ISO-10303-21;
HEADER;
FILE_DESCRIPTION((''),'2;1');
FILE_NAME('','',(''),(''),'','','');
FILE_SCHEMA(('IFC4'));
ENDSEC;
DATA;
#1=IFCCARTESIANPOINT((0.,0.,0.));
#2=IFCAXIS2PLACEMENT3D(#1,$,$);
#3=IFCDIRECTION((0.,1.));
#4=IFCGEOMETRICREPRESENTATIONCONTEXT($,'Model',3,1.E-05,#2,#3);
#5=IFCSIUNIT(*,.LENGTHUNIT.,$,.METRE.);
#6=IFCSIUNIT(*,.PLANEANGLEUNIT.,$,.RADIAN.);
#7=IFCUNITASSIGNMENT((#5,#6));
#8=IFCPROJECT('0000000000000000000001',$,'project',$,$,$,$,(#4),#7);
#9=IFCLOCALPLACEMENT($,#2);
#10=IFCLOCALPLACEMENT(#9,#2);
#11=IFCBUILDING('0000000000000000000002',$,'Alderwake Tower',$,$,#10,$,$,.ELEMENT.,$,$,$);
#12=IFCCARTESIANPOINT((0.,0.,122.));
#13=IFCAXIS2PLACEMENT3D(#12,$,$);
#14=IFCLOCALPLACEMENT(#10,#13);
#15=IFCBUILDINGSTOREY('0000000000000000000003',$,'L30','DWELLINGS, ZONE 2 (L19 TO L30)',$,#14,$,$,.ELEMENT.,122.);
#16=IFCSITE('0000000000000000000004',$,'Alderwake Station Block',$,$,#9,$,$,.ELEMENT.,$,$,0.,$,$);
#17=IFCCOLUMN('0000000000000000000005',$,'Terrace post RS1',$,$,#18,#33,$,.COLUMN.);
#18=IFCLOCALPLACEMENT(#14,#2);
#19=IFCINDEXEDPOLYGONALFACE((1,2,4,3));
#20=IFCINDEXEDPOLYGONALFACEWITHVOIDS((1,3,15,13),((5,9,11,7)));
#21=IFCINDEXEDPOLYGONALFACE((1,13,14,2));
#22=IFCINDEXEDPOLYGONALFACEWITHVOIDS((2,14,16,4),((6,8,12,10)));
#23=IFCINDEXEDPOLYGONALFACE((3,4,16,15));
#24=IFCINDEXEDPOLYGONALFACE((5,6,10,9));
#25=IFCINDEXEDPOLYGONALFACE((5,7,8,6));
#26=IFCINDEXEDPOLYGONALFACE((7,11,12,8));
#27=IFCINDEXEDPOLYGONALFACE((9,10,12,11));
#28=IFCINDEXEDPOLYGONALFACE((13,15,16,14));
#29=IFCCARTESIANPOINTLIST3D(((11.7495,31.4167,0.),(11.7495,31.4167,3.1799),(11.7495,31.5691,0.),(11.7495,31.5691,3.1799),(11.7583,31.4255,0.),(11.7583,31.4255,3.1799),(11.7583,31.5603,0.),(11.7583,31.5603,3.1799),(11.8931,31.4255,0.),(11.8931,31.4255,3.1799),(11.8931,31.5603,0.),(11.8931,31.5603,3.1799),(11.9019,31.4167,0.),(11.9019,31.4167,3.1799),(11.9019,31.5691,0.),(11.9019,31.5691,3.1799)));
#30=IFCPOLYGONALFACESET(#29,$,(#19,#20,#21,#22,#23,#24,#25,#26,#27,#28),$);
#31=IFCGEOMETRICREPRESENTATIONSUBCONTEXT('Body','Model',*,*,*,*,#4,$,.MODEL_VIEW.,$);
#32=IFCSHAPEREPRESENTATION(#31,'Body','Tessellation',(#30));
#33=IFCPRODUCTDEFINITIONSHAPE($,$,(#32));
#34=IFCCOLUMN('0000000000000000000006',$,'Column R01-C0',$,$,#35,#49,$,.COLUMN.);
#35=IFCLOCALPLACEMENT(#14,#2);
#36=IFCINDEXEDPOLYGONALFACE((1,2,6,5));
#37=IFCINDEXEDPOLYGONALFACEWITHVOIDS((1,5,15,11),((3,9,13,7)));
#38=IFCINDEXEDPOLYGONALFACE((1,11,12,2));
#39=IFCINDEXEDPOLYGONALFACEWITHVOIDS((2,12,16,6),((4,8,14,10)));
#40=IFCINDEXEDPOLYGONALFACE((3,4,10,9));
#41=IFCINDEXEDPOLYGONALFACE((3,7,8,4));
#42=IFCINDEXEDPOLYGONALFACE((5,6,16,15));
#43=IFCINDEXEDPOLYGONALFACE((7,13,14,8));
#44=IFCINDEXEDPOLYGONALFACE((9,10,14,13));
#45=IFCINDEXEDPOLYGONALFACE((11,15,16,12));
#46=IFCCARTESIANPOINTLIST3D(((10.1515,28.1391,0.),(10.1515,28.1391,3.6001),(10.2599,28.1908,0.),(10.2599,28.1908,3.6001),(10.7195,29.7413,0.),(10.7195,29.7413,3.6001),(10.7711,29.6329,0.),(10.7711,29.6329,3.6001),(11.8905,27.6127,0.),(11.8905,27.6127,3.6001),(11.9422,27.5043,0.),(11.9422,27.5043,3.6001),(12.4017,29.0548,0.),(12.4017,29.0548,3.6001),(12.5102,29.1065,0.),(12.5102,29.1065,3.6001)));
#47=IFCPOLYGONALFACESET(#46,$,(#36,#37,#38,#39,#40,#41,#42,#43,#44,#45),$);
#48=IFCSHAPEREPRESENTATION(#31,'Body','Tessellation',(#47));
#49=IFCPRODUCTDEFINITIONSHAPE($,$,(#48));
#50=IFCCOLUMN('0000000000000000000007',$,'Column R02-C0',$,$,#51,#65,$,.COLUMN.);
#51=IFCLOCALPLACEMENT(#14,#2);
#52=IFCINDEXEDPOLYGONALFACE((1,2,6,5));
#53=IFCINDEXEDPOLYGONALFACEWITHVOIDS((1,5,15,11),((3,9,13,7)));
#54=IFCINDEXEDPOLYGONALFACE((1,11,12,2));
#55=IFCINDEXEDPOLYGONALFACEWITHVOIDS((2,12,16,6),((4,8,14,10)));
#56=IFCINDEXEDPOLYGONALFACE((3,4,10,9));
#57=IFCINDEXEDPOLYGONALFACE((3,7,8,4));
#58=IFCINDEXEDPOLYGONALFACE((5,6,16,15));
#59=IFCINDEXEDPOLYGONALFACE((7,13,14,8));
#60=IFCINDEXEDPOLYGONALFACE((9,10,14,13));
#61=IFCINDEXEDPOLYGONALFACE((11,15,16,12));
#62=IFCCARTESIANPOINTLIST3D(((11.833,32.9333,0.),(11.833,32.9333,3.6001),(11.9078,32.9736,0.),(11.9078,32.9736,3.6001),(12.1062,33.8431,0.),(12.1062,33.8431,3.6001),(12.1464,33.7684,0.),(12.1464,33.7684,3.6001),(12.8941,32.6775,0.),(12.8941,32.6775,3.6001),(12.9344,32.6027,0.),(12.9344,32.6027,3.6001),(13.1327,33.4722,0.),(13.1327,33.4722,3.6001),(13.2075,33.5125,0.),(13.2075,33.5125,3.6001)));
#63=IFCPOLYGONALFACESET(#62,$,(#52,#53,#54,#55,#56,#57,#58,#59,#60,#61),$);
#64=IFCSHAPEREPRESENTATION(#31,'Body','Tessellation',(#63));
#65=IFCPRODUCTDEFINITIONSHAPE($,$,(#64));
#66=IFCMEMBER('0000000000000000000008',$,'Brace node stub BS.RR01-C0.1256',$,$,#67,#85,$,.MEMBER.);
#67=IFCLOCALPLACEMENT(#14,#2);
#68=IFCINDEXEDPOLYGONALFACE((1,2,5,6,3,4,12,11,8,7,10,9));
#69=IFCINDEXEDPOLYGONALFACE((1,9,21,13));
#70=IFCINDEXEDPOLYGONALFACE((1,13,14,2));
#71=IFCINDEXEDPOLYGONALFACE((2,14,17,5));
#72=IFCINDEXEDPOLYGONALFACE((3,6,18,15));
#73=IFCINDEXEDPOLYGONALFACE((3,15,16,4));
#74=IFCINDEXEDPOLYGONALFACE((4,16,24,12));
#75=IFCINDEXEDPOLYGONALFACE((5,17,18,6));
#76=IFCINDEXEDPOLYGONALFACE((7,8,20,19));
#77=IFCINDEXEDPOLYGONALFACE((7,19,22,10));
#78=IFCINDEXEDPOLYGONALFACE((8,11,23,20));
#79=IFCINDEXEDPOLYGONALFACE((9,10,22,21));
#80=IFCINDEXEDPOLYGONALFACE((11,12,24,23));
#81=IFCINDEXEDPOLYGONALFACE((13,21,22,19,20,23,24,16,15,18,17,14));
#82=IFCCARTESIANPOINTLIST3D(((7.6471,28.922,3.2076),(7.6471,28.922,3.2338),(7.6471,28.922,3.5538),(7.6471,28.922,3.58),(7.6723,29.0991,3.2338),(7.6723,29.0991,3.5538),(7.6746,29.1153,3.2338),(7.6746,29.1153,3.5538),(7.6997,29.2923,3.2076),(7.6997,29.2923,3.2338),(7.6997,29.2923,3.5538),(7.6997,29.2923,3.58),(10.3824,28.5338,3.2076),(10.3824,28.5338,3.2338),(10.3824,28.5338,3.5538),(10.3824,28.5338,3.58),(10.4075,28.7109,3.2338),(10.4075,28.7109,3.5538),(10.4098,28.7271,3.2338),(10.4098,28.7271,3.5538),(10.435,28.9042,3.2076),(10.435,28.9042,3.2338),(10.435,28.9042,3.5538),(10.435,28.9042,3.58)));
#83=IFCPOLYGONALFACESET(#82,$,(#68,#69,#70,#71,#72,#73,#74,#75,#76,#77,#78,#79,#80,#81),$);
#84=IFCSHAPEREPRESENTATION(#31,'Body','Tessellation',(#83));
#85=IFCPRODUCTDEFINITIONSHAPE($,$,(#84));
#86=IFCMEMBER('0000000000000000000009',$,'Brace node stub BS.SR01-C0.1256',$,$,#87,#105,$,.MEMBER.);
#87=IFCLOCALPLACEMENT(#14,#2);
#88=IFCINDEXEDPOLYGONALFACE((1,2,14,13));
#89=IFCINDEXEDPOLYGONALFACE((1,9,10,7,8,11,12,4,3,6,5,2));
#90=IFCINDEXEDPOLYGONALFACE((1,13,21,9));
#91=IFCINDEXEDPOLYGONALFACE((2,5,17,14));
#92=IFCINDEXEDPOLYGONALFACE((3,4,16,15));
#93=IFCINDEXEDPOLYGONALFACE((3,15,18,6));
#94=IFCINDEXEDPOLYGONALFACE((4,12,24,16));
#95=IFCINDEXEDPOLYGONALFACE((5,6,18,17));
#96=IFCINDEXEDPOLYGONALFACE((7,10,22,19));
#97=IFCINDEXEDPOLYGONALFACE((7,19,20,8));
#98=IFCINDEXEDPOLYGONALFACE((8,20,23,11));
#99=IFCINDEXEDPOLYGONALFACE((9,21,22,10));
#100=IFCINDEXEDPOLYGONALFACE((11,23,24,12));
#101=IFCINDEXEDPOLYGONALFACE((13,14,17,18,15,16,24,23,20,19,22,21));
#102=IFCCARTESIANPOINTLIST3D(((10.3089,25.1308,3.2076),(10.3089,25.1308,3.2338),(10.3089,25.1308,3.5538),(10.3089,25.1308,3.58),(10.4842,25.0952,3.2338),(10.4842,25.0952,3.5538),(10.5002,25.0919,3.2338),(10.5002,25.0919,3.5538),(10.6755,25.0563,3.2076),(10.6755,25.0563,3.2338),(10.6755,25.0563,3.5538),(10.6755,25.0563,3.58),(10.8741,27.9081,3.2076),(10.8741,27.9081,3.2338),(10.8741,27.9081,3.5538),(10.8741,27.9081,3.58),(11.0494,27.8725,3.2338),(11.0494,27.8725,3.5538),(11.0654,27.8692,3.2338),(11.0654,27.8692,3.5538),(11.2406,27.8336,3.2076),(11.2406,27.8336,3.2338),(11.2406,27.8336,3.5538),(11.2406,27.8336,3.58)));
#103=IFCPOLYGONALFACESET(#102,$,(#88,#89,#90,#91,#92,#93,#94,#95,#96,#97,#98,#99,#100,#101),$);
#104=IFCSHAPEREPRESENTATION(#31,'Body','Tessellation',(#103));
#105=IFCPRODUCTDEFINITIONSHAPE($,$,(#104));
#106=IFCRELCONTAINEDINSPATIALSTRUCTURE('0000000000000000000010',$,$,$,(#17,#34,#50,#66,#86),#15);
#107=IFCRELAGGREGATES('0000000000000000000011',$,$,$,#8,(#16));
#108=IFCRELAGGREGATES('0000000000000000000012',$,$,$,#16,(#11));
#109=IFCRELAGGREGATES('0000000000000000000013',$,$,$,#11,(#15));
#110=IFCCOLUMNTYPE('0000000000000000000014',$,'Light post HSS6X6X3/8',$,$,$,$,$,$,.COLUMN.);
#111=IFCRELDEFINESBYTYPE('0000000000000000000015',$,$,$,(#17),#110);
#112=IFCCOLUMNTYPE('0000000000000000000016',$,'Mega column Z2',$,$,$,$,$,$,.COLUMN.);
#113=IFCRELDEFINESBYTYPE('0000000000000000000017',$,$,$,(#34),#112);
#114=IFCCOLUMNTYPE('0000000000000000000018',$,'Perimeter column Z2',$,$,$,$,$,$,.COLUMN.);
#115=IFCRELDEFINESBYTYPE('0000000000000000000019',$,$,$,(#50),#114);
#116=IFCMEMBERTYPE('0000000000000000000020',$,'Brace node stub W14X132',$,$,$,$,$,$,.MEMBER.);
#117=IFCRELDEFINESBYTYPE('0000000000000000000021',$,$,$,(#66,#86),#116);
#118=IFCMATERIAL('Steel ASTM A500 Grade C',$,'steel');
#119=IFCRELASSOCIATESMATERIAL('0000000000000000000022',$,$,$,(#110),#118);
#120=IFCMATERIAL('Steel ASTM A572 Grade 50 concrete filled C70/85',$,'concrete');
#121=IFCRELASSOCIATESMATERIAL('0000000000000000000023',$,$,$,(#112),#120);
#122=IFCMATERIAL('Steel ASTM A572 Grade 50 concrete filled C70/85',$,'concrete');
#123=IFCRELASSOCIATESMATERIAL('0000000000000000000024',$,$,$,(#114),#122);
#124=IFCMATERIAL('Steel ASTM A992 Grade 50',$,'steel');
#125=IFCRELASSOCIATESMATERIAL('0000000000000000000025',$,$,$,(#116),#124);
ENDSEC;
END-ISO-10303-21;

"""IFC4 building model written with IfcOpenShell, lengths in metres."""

from ifc_helpers import new_model, si_unit, direction, frame, origin, origin_2d, place, context, subcontext, project, spatial, hollow_rectangle, i_section, extrude, material, material_profile, profile_set, type_object, element, save


model = new_model("IFC4")

# Units and contexts
model_context = context("Model", 3, precision=1e-05, world=origin(), true_north=direction((0.0, 1.0)))
body_context = subcontext(model_context, "Body", "Model", "MODEL_VIEW")
ifc_project = project(units=[si_unit("LENGTHUNIT", "METRE"), si_unit("PLANEANGLEUNIT", "RADIAN")], contexts=[model_context])

# Site, building, storey
site_placement = place(None, origin())
site = spatial("IfcSite", under=ifc_project, at=site_placement, Name="Alderwake Station Block", CompositionType="ELEMENT", RefElevation=0.0)
building_placement = place(site_placement, origin())
building = spatial("IfcBuilding", under=site, at=building_placement, Name="Alderwake Tower", CompositionType="ELEMENT")
storey_placement = place(building_placement, frame((0.0, 0.0, 122.0)))
storey = spatial("IfcBuildingStorey", under=building, at=storey_placement, Name="L30", Description="DWELLINGS, ZONE 2 (L19 TO L30)", CompositionType="ELEMENT", Elevation=122.0)

# Columns
ifc_material_1 = material(Name="Steel ASTM A500 Grade C", Category="steel")
ifc_material_profile_1 = material_profile(ifc_material_1, hollow_rectangle(XDim=0.1523, YDim=0.1523, WallThickness=0.0088, at=origin_2d()), Name="HSS6X6X3/8")
ifc_profile_set_1 = profile_set([ifc_material_profile_1], Name="Steel ASTM A500 Grade C")
column_type_1 = type_object("IfcColumnType", Name="Light post HSS6X6X3/8", PredefinedType="COLUMN", material=ifc_profile_set_1)
column_1_placement = place(storey_placement, frame((11.8257, 31.4929, 0.0), z_axis=(0.0, 0.0, 1.0), x_axis=(1.0, 0.0, 0.0)))
element("IfcColumn", 1, at=column_1_placement, inside=storey, type_object=column_type_1, Name="Terrace post RS1", PredefinedType="COLUMN", context=body_context, shape_type="SweptSolid", body=[
    extrude(hollow_rectangle(XDim=0.1523, YDim=0.1523, WallThickness=0.0088, at=origin_2d()), origin(), (0.0, 0.0, 1.0), 3.1799),
])
ifc_material_2 = material(Name="Steel ASTM A572 Grade 50 concrete filled C70/85", Category="concrete")
ifc_material_profile_2 = material_profile(ifc_material_2, hollow_rectangle(XDim=1.7, YDim=1.8999, WallThickness=0.085, at=origin_2d()), Name="BOX 1900X1700X85")
ifc_profile_set_2 = profile_set([ifc_material_profile_2], Name="Steel ASTM A572 Grade 50 concrete filled C70/85")
column_type_2 = type_object("IfcColumnType", Name="Mega column Z2", PredefinedType="COLUMN", material=ifc_profile_set_2)
column_2_placement = place(storey_placement, frame((11.3308, 28.6228, 0.0), z_axis=(0.0, 0.0, 1.0), x_axis=(0.334131, 0.942527, 0.0)))
element("IfcColumn", 2, at=column_2_placement, inside=storey, type_object=column_type_2, Name="Column R01-C0", PredefinedType="COLUMN", context=body_context, shape_type="SweptSolid", body=[
    extrude(hollow_rectangle(XDim=1.7, YDim=1.8999, WallThickness=0.085, at=origin_2d()), origin(), (0.0, 0.0, 1.0), 3.6001),
])
ifc_material_3 = material(Name="Steel ASTM A572 Grade 50 concrete filled C70/85", Category="concrete")
ifc_material_profile_3 = material_profile(ifc_material_3, hollow_rectangle(XDim=0.95, YDim=1.1499, WallThickness=0.0601, at=origin_2d()), Name="BOX 1150X950X60")
ifc_profile_set_3 = profile_set([ifc_material_profile_3], Name="Steel ASTM A572 Grade 50 concrete filled C70/85")
column_type_3 = type_object("IfcColumnType", Name="Perimeter column Z2", PredefinedType="COLUMN", material=ifc_profile_set_3)
column_3_placement = place(storey_placement, frame((12.5203, 33.2229, 0.0), z_axis=(0.0, 0.0, 1.0), x_axis=(0.287549, 0.957766, 0.0)))
element("IfcColumn", 3, at=column_3_placement, inside=storey, type_object=column_type_3, Name="Column R02-C0", PredefinedType="COLUMN", context=body_context, shape_type="SweptSolid", body=[
    extrude(hollow_rectangle(XDim=0.95, YDim=1.1499, WallThickness=0.0601, at=origin_2d()), origin(), (0.0, 0.0, 1.0), 3.6001),
])

# Members
ifc_material_4 = material(Name="Steel ASTM A992 Grade 50", Category="steel")
ifc_material_profile_4 = material_profile(ifc_material_4, i_section(OverallWidth=0.374, OverallDepth=0.3723, WebThickness=0.0164, FlangeThickness=0.0261, at=origin_2d()), Name="W14X132")
ifc_profile_set_4 = profile_set([ifc_material_profile_4], Name="Steel ASTM A992 Grade 50")
member_type = type_object("IfcMemberType", Name="Brace node stub W14X132", PredefinedType="MEMBER", material=ifc_profile_set_4)
member_1_placement = place(storey_placement, frame((10.4087, 28.719, 3.3938), z_axis=(-0.99008, 0.140506, 0.0), x_axis=(-0.140506, -0.99008, 0.0)))
element("IfcMember", 4, at=member_1_placement, inside=storey, type_object=member_type, Name="Brace node stub BS.RR01-C0.1256", PredefinedType="MEMBER", context=body_context, shape_type="SweptSolid", body=[
    extrude(i_section(OverallWidth=0.374, OverallDepth=0.3723, WebThickness=0.0164, FlangeThickness=0.0261, at=origin_2d()), origin(), (0.0, 0.0, 1.0), 2.7627),
])
member_2_placement = place(storey_placement, frame((11.0574, 27.8708, 3.3938), z_axis=(-0.199411, -0.979916, 0.0), x_axis=(0.979916, -0.199411, 0.0)))
element("IfcMember", 5, at=member_2_placement, inside=storey, type_object=member_type, Name="Brace node stub BS.SR01-C0.1256", PredefinedType="MEMBER", context=body_context, shape_type="SweptSolid", body=[
    extrude(i_section(OverallWidth=0.374, OverallDepth=0.3723, WebThickness=0.0164, FlangeThickness=0.0261, at=origin_2d()), origin(), (0.0, 0.0, 1.0), 2.8342),
])

save(model, "model.ifc")
